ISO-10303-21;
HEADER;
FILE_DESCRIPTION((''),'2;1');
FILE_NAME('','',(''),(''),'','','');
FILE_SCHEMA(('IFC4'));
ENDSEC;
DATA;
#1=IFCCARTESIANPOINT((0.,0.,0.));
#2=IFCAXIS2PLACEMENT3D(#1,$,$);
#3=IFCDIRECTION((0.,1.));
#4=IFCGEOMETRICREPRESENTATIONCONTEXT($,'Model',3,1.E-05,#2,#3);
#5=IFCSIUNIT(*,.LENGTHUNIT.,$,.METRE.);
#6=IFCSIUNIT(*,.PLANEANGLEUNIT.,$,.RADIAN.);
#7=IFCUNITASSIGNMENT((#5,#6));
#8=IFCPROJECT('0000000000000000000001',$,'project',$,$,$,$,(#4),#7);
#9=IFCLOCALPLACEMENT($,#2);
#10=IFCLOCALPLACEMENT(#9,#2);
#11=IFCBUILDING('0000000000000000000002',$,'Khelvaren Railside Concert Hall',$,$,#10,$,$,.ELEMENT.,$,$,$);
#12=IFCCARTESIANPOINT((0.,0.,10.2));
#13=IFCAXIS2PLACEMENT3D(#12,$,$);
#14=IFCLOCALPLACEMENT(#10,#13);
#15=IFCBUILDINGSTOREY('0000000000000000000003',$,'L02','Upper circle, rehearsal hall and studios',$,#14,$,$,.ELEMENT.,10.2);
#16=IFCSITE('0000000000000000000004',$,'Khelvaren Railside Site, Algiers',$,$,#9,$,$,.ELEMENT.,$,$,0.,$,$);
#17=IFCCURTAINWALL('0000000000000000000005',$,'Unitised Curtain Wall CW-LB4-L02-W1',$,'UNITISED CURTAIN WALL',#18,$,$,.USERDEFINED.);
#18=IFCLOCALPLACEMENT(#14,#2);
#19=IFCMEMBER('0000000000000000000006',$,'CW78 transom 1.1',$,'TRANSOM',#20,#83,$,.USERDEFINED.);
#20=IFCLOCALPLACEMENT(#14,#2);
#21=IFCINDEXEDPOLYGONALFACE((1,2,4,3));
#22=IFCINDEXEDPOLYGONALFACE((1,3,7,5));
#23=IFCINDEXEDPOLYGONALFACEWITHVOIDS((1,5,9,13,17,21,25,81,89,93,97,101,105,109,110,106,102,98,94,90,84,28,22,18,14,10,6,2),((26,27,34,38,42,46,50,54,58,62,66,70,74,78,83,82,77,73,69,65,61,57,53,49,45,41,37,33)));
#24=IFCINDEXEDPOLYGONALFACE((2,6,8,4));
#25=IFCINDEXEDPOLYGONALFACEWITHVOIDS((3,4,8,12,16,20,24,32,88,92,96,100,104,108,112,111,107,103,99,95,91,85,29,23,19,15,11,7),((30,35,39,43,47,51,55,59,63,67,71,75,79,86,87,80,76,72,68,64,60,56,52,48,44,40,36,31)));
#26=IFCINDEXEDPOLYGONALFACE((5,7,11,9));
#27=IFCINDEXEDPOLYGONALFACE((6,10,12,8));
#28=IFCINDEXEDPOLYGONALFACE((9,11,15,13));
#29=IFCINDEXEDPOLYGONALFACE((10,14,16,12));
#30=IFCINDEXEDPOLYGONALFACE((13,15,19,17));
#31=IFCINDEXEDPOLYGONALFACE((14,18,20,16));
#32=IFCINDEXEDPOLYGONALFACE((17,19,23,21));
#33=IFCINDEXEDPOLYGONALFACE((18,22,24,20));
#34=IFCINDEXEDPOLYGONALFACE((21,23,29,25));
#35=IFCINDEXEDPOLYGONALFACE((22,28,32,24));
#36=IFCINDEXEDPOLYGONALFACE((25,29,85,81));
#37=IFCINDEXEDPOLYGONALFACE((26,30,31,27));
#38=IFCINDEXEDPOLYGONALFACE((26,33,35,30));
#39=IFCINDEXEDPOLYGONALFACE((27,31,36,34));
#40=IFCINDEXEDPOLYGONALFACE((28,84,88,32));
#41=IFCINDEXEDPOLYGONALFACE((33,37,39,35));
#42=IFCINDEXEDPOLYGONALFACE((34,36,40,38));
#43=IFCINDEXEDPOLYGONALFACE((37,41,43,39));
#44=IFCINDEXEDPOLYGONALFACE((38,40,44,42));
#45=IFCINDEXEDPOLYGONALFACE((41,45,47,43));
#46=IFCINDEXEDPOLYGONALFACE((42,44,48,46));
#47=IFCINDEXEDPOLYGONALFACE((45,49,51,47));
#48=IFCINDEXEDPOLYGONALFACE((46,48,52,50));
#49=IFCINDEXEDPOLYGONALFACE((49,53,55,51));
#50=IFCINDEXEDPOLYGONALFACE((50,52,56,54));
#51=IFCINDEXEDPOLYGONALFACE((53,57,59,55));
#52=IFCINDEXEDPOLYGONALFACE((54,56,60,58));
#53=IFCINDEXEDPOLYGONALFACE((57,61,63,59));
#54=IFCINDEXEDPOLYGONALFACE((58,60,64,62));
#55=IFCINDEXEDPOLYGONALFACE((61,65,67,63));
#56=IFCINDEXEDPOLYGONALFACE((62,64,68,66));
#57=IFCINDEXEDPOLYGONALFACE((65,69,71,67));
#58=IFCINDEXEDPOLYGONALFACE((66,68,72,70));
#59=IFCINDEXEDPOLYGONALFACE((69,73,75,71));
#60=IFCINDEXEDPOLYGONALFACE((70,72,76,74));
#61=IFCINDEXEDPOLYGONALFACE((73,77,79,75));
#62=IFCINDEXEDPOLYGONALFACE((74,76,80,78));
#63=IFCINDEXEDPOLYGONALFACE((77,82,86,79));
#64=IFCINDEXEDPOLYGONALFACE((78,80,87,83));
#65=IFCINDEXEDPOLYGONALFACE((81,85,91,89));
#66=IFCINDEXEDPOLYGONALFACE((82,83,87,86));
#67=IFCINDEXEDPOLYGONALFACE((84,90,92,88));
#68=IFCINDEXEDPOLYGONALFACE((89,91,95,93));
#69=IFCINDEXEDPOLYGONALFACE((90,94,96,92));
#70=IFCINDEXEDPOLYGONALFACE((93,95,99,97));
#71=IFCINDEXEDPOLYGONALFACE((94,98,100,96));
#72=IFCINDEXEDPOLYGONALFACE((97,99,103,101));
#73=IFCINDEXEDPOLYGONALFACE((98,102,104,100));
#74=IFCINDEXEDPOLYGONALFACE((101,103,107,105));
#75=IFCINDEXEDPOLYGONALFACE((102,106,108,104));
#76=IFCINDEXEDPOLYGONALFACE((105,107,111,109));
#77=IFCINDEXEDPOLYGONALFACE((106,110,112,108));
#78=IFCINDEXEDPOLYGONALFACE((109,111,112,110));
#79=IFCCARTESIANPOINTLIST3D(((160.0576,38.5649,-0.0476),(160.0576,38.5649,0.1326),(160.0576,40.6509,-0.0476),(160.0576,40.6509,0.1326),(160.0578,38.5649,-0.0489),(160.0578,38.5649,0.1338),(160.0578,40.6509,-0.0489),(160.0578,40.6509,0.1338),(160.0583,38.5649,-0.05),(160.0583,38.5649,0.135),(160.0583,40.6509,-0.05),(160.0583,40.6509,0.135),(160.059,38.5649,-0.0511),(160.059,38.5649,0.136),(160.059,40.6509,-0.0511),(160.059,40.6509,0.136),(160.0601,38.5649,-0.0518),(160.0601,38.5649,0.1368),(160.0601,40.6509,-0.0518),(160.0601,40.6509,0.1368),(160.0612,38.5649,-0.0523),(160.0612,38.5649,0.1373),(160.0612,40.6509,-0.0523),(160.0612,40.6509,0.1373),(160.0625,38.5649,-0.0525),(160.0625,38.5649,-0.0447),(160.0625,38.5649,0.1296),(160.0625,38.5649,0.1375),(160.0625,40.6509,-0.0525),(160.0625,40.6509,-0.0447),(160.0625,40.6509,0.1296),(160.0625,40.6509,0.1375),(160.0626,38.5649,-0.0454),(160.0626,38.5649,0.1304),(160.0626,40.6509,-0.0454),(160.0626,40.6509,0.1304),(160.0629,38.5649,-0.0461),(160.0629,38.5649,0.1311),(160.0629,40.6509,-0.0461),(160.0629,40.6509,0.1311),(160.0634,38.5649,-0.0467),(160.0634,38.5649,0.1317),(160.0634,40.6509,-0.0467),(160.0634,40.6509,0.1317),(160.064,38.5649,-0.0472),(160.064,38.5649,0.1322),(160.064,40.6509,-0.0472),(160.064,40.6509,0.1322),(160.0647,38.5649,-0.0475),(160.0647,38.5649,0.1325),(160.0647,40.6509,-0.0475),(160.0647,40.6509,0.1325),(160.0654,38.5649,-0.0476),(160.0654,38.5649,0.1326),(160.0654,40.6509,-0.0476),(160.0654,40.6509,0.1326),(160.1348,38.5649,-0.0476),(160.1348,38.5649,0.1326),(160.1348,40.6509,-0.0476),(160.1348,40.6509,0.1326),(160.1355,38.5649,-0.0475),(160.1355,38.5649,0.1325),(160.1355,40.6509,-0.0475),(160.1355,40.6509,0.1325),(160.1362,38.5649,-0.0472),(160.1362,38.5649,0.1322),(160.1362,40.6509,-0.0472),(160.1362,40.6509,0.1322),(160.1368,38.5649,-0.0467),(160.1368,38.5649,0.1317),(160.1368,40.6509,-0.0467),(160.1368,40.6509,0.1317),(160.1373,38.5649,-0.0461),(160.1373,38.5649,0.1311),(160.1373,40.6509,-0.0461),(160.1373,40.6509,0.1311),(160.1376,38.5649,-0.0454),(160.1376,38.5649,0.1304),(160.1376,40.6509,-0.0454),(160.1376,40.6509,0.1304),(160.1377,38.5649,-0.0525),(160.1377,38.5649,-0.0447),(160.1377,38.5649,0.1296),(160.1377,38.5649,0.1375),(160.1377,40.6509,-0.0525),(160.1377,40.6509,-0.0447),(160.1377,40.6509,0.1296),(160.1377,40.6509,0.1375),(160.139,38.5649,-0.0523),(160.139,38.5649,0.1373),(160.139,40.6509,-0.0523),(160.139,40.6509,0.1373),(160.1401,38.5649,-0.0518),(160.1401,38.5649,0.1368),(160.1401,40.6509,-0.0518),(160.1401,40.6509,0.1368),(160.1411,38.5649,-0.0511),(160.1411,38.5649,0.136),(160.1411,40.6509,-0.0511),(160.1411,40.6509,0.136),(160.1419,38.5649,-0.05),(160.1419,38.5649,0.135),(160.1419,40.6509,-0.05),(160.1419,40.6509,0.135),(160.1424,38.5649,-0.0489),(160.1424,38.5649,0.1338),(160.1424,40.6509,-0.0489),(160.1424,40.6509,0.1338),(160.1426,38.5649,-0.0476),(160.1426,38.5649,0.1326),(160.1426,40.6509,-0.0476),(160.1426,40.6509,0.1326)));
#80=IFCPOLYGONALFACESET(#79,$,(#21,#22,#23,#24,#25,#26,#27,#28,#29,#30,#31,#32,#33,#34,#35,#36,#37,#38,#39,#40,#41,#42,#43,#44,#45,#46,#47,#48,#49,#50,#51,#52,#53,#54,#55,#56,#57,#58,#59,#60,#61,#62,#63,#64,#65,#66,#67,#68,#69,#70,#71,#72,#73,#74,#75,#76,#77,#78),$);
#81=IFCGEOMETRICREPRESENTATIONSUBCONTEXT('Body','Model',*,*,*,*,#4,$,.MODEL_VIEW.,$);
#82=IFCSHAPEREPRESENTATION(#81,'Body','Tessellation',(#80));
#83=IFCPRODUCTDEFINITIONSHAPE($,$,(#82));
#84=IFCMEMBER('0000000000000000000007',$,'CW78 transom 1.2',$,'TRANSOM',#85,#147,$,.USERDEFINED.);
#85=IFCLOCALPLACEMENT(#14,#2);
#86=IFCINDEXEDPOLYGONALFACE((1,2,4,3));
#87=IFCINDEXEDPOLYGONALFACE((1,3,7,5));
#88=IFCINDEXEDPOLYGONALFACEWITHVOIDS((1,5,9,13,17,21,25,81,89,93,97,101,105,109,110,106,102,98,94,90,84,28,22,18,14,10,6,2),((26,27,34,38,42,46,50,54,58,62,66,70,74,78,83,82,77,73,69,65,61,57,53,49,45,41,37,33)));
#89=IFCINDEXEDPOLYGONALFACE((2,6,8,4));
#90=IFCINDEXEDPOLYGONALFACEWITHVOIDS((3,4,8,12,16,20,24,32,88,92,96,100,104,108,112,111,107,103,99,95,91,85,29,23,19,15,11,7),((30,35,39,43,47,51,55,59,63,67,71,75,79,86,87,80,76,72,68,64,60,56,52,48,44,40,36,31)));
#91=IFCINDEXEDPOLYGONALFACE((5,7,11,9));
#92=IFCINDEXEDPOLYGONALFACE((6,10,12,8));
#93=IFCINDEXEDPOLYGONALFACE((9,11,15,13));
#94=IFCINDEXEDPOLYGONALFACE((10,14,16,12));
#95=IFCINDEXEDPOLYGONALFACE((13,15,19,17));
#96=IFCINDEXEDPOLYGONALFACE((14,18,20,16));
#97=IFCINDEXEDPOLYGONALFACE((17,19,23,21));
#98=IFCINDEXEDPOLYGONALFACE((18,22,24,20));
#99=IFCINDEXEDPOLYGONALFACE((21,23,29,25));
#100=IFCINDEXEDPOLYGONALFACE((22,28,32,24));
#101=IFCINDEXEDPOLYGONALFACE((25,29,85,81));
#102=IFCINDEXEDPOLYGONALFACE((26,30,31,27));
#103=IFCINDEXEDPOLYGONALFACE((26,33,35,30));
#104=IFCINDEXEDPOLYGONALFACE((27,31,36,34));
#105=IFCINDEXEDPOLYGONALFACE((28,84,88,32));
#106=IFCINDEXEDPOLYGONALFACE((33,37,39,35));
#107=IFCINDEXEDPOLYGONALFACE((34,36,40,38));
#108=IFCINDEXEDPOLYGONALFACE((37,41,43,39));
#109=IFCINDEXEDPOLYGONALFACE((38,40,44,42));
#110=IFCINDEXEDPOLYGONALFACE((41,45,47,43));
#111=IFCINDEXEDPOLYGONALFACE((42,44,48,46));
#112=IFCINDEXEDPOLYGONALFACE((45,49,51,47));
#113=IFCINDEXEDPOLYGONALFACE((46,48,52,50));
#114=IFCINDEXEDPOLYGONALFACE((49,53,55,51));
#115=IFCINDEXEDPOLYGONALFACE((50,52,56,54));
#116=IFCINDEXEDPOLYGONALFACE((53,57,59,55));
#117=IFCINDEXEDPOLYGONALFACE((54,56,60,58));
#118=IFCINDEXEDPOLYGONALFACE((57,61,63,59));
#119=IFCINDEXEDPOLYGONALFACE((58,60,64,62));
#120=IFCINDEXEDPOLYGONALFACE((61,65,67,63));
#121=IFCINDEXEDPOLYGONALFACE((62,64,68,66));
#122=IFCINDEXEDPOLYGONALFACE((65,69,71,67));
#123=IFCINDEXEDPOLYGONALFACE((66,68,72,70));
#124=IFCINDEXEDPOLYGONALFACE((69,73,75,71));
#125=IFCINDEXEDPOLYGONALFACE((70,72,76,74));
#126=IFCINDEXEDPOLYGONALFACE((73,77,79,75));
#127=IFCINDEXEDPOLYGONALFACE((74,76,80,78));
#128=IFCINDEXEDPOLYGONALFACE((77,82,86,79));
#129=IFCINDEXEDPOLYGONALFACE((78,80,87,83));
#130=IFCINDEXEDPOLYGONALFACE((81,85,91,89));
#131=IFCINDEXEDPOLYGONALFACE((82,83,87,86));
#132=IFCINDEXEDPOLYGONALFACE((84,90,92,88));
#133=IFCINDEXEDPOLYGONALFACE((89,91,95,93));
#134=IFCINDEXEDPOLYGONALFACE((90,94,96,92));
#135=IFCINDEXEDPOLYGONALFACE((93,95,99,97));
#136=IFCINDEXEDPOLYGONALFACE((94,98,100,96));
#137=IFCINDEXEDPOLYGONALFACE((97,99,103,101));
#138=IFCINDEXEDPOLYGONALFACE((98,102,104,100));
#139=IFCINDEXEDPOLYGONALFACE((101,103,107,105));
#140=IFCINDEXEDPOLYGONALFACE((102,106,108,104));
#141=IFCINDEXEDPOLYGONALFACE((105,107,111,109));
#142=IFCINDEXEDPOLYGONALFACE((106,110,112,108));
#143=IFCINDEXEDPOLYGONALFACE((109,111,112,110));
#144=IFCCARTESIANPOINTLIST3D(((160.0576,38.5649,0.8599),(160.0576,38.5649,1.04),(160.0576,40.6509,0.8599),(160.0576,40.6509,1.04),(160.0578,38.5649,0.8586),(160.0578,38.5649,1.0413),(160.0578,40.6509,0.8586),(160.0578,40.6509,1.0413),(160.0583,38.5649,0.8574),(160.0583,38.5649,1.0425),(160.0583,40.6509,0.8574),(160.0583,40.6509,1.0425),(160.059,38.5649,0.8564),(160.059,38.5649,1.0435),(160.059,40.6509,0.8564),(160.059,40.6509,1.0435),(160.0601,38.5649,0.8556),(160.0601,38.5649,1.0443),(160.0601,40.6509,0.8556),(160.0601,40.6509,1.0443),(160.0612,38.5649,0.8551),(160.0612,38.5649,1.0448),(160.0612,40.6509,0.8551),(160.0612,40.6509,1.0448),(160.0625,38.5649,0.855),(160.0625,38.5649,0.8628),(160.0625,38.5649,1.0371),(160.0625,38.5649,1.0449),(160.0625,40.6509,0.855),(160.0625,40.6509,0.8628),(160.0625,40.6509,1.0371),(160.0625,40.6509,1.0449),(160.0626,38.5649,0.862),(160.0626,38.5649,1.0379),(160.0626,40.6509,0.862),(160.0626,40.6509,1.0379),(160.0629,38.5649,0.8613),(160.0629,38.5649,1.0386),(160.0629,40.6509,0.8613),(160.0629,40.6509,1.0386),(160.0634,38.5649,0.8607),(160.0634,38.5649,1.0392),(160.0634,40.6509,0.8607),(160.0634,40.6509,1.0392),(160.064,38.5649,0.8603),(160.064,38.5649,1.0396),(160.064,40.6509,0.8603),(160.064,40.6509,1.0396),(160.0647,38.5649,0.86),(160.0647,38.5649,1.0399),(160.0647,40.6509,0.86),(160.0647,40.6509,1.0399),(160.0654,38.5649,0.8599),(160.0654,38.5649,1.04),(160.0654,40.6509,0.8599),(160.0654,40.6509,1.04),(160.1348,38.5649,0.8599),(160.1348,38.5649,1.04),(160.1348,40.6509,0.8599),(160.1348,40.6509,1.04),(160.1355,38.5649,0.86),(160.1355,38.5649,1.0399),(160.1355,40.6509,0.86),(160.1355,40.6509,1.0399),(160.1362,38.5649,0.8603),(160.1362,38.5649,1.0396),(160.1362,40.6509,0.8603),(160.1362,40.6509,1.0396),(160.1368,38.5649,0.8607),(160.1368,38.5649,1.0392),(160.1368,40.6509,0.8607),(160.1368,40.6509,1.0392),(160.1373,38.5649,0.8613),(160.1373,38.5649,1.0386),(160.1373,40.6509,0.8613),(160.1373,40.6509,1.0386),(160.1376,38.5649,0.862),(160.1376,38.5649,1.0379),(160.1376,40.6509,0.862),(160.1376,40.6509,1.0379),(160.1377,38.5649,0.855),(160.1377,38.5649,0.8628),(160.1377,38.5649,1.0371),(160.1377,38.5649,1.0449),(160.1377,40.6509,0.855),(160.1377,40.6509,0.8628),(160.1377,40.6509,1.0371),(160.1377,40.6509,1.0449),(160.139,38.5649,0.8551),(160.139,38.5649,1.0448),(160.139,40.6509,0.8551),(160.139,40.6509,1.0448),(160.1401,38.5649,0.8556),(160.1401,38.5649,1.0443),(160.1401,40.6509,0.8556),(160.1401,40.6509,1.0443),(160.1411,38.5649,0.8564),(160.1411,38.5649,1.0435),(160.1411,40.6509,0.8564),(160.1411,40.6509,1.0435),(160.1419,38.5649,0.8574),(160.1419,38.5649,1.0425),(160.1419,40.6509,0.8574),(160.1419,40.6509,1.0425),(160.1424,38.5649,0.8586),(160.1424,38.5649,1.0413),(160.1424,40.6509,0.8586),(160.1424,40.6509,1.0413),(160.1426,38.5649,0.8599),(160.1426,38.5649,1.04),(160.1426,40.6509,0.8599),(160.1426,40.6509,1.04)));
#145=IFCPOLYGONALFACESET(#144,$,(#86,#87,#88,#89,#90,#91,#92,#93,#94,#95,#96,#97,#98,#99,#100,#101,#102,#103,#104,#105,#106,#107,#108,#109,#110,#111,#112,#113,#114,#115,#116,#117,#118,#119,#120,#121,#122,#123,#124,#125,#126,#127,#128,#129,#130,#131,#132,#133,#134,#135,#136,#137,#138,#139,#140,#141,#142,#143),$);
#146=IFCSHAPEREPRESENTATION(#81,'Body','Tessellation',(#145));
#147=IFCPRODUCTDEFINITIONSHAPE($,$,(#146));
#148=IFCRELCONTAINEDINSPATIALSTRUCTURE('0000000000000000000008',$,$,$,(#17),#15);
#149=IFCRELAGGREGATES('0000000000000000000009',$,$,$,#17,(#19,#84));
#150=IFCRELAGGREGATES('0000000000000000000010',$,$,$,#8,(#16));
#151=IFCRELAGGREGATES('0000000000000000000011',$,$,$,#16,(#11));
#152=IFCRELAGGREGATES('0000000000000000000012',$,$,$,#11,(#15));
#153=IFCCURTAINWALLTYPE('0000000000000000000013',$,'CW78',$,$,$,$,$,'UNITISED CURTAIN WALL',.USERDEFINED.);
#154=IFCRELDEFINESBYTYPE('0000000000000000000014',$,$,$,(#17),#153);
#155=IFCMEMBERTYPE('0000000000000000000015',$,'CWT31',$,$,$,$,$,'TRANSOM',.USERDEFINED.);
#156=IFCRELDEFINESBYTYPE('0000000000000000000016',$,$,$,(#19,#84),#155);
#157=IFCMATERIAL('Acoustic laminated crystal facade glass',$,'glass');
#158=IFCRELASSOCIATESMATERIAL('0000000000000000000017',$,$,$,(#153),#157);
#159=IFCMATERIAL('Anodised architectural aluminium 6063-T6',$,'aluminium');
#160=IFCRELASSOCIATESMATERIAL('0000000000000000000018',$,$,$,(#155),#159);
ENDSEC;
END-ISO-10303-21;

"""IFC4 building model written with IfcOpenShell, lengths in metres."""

from ifc_helpers import new_model, si_unit, direction, frame, origin, origin_2d, place, context, subcontext, project, spatial, hollow_rectangle, extrude, material, material_profile, profile_set, type_object, element, aggregate, save


model = new_model("IFC4")

# Units and contexts
model_context = context("Model", 3, precision=1e-05, world=origin(), true_north=direction((0.0, 1.0)))
body_context = subcontext(model_context, "Body", "Model", "MODEL_VIEW")
ifc_project = project(units=[si_unit("LENGTHUNIT", "METRE"), si_unit("PLANEANGLEUNIT", "RADIAN")], contexts=[model_context])

# Site, building, storey
site_placement = place(None, origin())
site = spatial("IfcSite", under=ifc_project, at=site_placement, Name="Khelvaren Railside Site, Algiers", CompositionType="ELEMENT", RefElevation=0.0)
building_placement = place(site_placement, origin())
building = spatial("IfcBuilding", under=site, at=building_placement, Name="Khelvaren Railside Concert Hall", CompositionType="ELEMENT")
storey_placement = place(building_placement, frame((0.0, 0.0, 10.2)))
storey = spatial("IfcBuildingStorey", under=building, at=storey_placement, Name="L02", Description="Upper circle, rehearsal hall and studios", CompositionType="ELEMENT", Elevation=10.2)

# Curtain wall, members
ifc_material_1 = material(Name="Acoustic laminated crystal facade glass", Category="glass")
curtain_wall_type = type_object("IfcCurtainWallType", Name="CW78", ElementType="UNITISED CURTAIN WALL", PredefinedType="USERDEFINED", material=ifc_material_1)
curtain_wall_placement = place(storey_placement, origin())
curtain_wall = element("IfcCurtainWall", 1, at=curtain_wall_placement, inside=storey, type_object=curtain_wall_type, Name="Unitised Curtain Wall CW-LB4-L02-W1", ObjectType="UNITISED CURTAIN WALL", PredefinedType="USERDEFINED")
ifc_material_2 = material(Name="Anodised architectural aluminium 6063-T6", Category="aluminium")
ifc_material_profile_1 = material_profile(ifc_material_2, hollow_rectangle(XDim=0.085, YDim=0.1899, WallThickness=0.0049, InnerFilletRadius=0.0029, OuterFilletRadius=0.0049, at=origin_2d()), Name="CWT 85x190x5")
ifc_profile_set_1 = profile_set([ifc_material_profile_1], Name="Anodised architectural aluminium 6063-T6")
member_type_1 = type_object("IfcMemberType", Name="CWT31", ElementType="TRANSOM", PredefinedType="USERDEFINED", material=ifc_profile_set_1)
member_1_placement = place(storey_placement, frame((160.1001, 38.5649, 0.0425), z_axis=(0.0, 1.0, 0.0), x_axis=(-1.0, 0.0, 0.0)))
member_1 = element("IfcMember", 2, at=member_1_placement, type_object=member_type_1, Name="CW78 transom 1.1", ObjectType="TRANSOM", PredefinedType="USERDEFINED", context=body_context, shape_type="SweptSolid", body=[
    extrude(hollow_rectangle(XDim=0.085, YDim=0.1899, WallThickness=0.0049, InnerFilletRadius=0.0029, OuterFilletRadius=0.0049, at=origin_2d()), origin(), (0.0, 0.0, 1.0), 2.0859),
])
member_2_placement = place(storey_placement, frame((160.1001, 38.5649, 0.95), z_axis=(0.0, 1.0, 0.0), x_axis=(-1.0, 0.0, 0.0)))
member_2 = element("IfcMember", 3, at=member_2_placement, type_object=member_type_1, Name="CW78 transom 1.2", ObjectType="TRANSOM", PredefinedType="USERDEFINED", context=body_context, shape_type="SweptSolid", body=[
    extrude(hollow_rectangle(XDim=0.085, YDim=0.1899, WallThickness=0.0049, InnerFilletRadius=0.0029, OuterFilletRadius=0.0049, at=origin_2d()), origin(), (0.0, 0.0, 1.0), 2.0859),
])
aggregate(curtain_wall, [member_1, member_2])

save(model, "model.ifc")
